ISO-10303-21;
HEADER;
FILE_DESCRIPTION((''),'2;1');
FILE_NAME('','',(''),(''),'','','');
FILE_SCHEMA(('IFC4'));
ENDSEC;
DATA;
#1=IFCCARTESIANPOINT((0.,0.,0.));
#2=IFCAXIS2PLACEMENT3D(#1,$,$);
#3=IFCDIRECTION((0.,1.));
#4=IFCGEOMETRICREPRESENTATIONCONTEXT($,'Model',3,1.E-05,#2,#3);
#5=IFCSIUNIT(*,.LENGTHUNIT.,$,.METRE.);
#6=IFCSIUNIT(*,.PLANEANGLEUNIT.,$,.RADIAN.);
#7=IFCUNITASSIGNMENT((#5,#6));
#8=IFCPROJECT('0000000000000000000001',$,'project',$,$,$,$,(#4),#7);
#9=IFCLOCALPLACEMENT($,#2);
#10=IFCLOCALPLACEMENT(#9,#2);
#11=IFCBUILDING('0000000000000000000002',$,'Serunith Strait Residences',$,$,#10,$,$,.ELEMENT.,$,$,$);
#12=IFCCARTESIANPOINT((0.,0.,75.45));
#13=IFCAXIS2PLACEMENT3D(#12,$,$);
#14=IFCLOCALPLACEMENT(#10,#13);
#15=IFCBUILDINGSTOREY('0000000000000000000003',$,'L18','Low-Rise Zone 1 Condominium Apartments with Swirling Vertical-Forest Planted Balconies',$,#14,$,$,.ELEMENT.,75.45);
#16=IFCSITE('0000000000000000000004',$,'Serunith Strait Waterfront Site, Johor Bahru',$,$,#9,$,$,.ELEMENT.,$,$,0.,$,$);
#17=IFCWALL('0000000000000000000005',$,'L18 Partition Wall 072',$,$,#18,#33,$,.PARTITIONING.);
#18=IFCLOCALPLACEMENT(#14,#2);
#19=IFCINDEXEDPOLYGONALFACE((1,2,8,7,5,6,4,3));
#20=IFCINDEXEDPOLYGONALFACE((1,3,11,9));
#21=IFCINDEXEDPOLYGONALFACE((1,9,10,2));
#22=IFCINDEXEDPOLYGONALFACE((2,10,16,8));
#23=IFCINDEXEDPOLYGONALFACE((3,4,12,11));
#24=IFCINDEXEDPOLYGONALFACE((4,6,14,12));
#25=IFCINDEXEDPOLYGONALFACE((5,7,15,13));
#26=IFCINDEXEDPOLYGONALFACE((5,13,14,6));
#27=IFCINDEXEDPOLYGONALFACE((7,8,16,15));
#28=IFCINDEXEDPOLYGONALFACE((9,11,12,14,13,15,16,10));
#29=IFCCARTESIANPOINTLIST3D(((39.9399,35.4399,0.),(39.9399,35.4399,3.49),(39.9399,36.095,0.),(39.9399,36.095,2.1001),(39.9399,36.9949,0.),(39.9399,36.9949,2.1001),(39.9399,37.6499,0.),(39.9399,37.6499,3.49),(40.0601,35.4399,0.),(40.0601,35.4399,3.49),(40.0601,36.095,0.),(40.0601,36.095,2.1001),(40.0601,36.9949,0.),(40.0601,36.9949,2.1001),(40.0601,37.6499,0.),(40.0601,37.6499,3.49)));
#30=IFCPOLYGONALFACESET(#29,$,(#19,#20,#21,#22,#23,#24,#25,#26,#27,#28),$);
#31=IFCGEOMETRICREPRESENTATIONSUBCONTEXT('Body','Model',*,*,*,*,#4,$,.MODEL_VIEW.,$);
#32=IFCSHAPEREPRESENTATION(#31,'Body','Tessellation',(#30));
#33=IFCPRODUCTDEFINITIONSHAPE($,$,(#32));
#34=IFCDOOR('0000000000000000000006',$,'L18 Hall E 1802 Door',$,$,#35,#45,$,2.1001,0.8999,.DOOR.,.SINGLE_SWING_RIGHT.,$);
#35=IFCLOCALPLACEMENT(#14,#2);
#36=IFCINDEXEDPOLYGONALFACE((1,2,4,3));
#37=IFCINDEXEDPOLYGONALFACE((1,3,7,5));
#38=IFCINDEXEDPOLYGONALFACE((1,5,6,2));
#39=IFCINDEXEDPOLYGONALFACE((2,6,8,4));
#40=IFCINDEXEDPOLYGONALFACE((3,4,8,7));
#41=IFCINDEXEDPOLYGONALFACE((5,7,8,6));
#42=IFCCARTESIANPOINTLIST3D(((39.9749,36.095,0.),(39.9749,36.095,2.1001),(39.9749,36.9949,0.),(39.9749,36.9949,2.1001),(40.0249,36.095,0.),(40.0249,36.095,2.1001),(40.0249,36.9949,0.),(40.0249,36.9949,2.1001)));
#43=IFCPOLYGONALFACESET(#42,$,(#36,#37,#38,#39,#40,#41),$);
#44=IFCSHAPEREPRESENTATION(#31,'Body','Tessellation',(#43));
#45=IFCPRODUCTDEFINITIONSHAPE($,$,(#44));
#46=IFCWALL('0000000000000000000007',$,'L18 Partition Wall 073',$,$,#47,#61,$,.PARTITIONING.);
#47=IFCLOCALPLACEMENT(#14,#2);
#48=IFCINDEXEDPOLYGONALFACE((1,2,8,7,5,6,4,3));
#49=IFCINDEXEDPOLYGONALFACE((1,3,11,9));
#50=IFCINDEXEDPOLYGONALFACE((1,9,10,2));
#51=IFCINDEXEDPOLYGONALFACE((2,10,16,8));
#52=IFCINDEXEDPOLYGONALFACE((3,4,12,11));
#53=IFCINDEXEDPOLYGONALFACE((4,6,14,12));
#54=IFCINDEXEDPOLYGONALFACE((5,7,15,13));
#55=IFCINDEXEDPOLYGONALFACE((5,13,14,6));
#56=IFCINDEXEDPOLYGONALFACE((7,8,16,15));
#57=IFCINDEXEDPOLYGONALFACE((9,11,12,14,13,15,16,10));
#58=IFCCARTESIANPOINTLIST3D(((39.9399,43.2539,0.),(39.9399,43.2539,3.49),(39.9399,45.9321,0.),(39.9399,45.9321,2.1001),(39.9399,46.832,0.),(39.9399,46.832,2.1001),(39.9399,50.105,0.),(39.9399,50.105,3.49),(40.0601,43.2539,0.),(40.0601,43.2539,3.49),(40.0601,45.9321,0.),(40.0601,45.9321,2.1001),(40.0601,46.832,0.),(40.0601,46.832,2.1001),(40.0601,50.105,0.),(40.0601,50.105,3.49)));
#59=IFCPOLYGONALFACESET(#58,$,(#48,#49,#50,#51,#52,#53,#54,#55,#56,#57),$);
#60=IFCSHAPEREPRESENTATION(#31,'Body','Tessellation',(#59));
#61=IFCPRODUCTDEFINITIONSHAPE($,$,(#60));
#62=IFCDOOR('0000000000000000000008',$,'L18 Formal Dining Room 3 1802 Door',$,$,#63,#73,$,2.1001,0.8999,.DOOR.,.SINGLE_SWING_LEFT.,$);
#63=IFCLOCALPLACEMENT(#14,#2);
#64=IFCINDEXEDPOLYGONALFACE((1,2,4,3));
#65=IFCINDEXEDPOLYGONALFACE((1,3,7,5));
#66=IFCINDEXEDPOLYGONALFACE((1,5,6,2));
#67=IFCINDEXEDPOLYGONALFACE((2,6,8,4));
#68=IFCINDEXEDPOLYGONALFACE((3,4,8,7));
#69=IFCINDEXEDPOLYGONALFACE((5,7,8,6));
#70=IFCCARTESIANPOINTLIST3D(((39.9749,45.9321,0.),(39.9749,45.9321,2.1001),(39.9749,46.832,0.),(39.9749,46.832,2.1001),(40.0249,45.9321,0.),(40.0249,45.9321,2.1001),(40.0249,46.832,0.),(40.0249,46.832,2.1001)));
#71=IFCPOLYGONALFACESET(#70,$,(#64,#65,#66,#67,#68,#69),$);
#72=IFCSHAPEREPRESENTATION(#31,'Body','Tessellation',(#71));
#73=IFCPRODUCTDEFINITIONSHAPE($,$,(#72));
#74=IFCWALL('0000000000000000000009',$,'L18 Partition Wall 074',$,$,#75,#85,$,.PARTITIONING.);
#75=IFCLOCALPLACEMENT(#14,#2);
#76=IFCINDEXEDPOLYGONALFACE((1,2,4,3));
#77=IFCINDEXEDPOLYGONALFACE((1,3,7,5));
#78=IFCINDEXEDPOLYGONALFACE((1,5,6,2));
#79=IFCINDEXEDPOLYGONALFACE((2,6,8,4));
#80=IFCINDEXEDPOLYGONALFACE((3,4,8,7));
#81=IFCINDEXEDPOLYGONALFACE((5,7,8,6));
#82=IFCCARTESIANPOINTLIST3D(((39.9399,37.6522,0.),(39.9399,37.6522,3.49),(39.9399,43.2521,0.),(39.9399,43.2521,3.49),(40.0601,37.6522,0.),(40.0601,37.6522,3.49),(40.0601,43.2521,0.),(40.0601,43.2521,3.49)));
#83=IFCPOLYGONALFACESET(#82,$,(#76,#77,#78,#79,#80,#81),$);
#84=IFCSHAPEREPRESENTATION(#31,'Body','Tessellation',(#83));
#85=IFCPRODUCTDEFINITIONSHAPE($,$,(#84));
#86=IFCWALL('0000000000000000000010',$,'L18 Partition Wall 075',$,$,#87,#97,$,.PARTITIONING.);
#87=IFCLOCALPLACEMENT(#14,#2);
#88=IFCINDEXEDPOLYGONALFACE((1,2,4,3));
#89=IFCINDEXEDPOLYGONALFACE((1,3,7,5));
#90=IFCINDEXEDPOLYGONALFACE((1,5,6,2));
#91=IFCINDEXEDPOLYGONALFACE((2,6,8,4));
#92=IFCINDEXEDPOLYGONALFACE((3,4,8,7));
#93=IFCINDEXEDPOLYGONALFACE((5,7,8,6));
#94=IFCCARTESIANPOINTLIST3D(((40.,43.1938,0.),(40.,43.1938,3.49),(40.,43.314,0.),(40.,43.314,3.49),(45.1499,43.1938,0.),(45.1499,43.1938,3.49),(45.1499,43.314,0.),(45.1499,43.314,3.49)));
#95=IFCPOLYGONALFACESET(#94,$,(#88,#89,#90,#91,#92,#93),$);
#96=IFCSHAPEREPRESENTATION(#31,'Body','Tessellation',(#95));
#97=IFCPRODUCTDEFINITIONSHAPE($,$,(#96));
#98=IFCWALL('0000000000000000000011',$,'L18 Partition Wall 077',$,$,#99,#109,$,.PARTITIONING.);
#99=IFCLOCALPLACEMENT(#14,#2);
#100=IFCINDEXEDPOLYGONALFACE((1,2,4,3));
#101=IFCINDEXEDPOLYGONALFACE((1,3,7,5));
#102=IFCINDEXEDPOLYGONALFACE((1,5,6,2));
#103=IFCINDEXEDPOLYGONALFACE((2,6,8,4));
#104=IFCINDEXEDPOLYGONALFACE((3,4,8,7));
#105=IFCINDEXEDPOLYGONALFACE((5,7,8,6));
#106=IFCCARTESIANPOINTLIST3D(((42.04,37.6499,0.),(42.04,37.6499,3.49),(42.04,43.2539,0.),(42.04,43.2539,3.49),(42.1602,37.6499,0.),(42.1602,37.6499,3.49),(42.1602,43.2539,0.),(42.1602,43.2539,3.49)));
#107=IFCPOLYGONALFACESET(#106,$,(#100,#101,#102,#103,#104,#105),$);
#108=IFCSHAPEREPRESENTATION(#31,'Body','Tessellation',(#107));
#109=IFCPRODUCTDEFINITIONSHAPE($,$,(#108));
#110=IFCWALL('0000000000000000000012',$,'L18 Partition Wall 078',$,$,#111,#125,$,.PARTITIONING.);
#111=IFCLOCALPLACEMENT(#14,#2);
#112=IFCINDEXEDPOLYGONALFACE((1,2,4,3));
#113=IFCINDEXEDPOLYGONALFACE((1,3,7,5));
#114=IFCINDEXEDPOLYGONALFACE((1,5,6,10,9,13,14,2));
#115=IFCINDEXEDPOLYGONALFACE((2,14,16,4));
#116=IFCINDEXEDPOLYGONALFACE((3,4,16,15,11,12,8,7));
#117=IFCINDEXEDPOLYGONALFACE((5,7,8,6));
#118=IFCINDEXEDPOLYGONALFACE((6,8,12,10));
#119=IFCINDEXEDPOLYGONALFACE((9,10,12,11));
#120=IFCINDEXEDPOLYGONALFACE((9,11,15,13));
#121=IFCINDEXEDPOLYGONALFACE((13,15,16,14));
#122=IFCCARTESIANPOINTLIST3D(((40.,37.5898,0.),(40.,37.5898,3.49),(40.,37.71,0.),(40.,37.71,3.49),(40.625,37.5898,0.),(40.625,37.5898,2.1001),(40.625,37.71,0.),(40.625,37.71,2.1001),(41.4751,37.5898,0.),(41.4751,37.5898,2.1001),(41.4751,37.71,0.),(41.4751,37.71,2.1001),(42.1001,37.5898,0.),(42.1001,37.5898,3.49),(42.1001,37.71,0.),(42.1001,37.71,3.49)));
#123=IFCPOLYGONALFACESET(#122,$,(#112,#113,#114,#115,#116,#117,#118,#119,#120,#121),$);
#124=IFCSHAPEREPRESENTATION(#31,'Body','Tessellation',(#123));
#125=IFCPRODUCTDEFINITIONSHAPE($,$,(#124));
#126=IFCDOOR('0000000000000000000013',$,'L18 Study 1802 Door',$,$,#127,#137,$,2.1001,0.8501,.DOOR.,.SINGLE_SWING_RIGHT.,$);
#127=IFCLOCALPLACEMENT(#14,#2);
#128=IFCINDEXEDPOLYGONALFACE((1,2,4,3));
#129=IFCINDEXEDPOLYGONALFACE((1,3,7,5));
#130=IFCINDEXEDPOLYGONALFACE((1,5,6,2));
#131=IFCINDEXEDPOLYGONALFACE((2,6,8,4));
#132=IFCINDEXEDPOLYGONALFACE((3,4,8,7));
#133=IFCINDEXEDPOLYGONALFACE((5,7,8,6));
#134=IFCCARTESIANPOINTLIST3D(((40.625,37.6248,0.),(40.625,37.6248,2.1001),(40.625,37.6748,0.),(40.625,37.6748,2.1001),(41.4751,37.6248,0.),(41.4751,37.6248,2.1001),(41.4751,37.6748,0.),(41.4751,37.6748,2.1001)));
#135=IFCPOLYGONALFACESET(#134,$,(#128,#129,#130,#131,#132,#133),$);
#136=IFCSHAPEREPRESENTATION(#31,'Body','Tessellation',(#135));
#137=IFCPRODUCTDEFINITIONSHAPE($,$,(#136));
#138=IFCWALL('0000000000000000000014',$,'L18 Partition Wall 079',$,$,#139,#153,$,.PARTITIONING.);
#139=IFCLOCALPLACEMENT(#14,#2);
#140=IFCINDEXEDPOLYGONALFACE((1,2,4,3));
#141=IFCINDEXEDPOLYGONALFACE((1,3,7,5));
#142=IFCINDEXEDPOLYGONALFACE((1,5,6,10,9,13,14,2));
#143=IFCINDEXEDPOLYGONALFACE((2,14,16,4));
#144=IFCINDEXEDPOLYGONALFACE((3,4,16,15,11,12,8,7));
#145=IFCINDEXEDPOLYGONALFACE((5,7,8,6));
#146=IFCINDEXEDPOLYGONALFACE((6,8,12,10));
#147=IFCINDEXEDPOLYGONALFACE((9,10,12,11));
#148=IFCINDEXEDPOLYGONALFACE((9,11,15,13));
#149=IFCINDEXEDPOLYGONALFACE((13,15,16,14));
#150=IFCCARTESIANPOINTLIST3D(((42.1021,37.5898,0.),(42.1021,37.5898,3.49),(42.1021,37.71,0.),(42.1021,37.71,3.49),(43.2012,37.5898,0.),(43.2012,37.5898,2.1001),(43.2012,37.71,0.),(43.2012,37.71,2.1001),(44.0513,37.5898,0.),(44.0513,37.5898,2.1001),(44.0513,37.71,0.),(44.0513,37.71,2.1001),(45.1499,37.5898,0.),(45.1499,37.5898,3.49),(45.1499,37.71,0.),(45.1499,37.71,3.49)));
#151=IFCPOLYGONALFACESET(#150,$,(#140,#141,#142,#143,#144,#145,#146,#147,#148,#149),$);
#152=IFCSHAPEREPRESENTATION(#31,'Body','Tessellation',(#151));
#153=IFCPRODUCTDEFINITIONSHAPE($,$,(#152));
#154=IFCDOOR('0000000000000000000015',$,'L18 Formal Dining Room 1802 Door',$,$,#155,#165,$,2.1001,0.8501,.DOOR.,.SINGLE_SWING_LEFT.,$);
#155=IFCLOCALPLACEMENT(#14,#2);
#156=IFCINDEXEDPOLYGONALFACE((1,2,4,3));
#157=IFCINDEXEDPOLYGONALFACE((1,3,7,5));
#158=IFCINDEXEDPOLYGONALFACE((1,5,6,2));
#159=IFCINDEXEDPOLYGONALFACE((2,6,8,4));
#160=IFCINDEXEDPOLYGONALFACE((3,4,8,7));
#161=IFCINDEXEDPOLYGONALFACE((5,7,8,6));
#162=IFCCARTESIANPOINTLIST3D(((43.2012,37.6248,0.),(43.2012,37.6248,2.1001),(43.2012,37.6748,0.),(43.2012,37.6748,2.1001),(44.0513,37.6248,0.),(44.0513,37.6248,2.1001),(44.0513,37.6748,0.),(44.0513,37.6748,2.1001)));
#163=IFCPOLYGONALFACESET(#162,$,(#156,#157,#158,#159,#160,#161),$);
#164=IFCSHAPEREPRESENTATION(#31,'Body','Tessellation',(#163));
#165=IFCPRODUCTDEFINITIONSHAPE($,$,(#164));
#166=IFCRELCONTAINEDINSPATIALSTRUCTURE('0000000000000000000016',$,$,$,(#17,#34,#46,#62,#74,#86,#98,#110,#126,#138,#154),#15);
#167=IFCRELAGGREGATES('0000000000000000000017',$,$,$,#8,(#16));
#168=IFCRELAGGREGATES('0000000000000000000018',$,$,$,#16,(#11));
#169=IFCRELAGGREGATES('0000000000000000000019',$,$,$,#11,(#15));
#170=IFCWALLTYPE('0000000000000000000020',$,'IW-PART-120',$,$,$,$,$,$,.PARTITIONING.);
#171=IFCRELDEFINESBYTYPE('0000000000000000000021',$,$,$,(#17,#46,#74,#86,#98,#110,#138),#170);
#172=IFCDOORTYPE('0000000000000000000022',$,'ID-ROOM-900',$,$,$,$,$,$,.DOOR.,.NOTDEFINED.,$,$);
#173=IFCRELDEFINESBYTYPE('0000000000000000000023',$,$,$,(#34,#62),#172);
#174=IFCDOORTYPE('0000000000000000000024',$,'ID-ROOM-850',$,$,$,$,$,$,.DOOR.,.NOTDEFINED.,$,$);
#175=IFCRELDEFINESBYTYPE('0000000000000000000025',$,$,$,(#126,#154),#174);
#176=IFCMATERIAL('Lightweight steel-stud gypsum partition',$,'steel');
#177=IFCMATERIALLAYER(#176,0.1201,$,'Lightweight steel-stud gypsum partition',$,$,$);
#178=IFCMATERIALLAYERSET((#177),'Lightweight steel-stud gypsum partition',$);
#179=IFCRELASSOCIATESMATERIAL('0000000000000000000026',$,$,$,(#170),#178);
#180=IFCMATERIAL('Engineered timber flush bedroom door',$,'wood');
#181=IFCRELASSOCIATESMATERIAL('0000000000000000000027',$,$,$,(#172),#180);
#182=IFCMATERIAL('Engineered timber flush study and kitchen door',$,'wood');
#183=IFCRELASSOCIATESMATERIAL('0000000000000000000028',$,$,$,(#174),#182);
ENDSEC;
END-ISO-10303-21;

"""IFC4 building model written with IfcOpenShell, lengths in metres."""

from ifc_helpers import new_model, si_unit, direction, frame, frame_2d, origin, place, context, subcontext, project, spatial, rectangle, extrude, source, transform, mapped, material, layer, layer_set, type_object, element, fill, save


model = new_model("IFC4")

# Units and contexts
model_context = context("Model", 3, precision=1e-05, world=origin(), true_north=direction((0.0, 1.0)))
body_context = subcontext(model_context, "Body", "Model", "MODEL_VIEW")
ifc_project = project(units=[si_unit("LENGTHUNIT", "METRE"), si_unit("PLANEANGLEUNIT", "RADIAN")], contexts=[model_context])

# Site, building, storey
site_placement = place(None, origin())
site = spatial("IfcSite", under=ifc_project, at=site_placement, Name="Serunith Strait Waterfront Site, Johor Bahru", CompositionType="ELEMENT", RefElevation=0.0)
building_placement = place(site_placement, origin())
building = spatial("IfcBuilding", under=site, at=building_placement, Name="Serunith Strait Residences", CompositionType="ELEMENT")
storey_placement = place(building_placement, frame((0.0, 0.0, 75.45)))
storey = spatial("IfcBuildingStorey", under=building, at=storey_placement, Name="L18", Description="Low-Rise Zone 1 Condominium Apartments with Swirling Vertical-Forest Planted Balconies", CompositionType="ELEMENT", Elevation=75.45)

# Shared definitions
ifc_material_1 = material(Name="Lightweight steel-stud gypsum partition", Category="steel")
ifc_layer_1 = layer(ifc_material_1, 0.1201, Name="Lightweight steel-stud gypsum partition")
ifc_layer_set_1 = layer_set([ifc_layer_1], Name="Lightweight steel-stud gypsum partition")
wall_type = type_object("IfcWallType", Name="IW-PART-120", PredefinedType="PARTITIONING", material=ifc_layer_set_1)

# Shared definitions
ifc_material_2 = material(Name="Engineered timber flush bedroom door", Category="wood")
door_type_1 = type_object("IfcDoorType", Name="ID-ROOM-900", OperationType="NOTDEFINED", PredefinedType="DOOR", material=ifc_material_2)
shared_shape_1 = source(origin(), body_context, "Body", "SweptSolid", [
    extrude(rectangle(XDim=0.8999, YDim=2.1001, at=frame_2d((0.45, 1.05))), frame((0.0, 0.0249, 0.0), z_axis=(0.0, -1.0, 0.0), x_axis=(1.0, 0.0, 0.0)), (0.0, 0.0, 1.0), 0.05),
])

# Walls, openings, doors
wall_1_placement = place(storey_placement, frame((40.0, 37.6499, 0.0), z_axis=(0.0, 0.0, 1.0), x_axis=(0.0, -1.0, 0.0)))
wall_1 = element("IfcWall", 1, at=wall_1_placement, inside=storey, type_object=wall_type, Name="L18 Partition Wall 072", PredefinedType="PARTITIONING", context=body_context, shape_type="SweptSolid", body=[
    extrude(rectangle(XDim=2.21, YDim=0.1201, at=frame_2d((1.105, 0.0))), origin(), (0.0, 0.0, 1.0), 3.49),
])
opening_1_placement = place(wall_1_placement, frame((0.655, 0.0, 0.0)))
opening_1 = element("IfcOpeningElement", 2, at=opening_1_placement, cuts=wall_1, PredefinedType="OPENING", context=body_context, shape_type="SweptSolid", body=[
    extrude(rectangle(XDim=0.8999, YDim=2.1001, at=frame_2d((0.45, 1.05))), frame((0.0, 0.0701, 0.0), z_axis=(0.0, -1.0, 0.0), x_axis=(1.0, 0.0, 0.0)), (0.0, 0.0, 1.0), 0.1401),
])
door_1_placement = place(opening_1_placement, origin())
door_1 = element("IfcDoor", 3, at=door_1_placement, inside=storey, type_object=door_type_1, Name="L18 Hall E 1802 Door", OperationType="SINGLE_SWING_RIGHT", OverallHeight=2.1001, OverallWidth=0.8999, PredefinedType="DOOR", context=body_context, shape_type="MappedRepresentation", body=[
    mapped(shared_shape_1, transform((0.0, 0.0, 0.0), scale=1.0)),
])
fill(opening_1, door_1)
wall_2_placement = place(storey_placement, frame((40.0, 50.105, 0.0), z_axis=(0.0, 0.0, 1.0), x_axis=(0.0, -1.0, 0.0)))
wall_2 = element("IfcWall", 4, at=wall_2_placement, inside=storey, type_object=wall_type, Name="L18 Partition Wall 073", PredefinedType="PARTITIONING", context=body_context, shape_type="SweptSolid", body=[
    extrude(rectangle(XDim=6.8511, YDim=0.1201, at=frame_2d((3.4255, 0.0))), origin(), (0.0, 0.0, 1.0), 3.49),
])
opening_2_placement = place(wall_2_placement, frame((3.2729, 0.0, 0.0)))
opening_2 = element("IfcOpeningElement", 5, at=opening_2_placement, cuts=wall_2, PredefinedType="OPENING", context=body_context, shape_type="SweptSolid", body=[
    extrude(rectangle(XDim=0.8999, YDim=2.1001, at=frame_2d((0.45, 1.05))), frame((0.0, 0.0701, 0.0), z_axis=(0.0, -1.0, 0.0), x_axis=(1.0, 0.0, 0.0)), (0.0, 0.0, 1.0), 0.1401),
])
door_2_placement = place(opening_2_placement, origin())
door_2 = element("IfcDoor", 6, at=door_2_placement, inside=storey, type_object=door_type_1, Name="L18 Formal Dining Room 3 1802 Door", OperationType="SINGLE_SWING_LEFT", OverallHeight=2.1001, OverallWidth=0.8999, PredefinedType="DOOR", context=body_context, shape_type="MappedRepresentation", body=[
    mapped(shared_shape_1, transform((0.0, 0.0, 0.0), scale=1.0)),
])
fill(opening_2, door_2)

# Walls
wall_3_placement = place(storey_placement, frame((40.0, 43.252, 0.0), z_axis=(0.0, 0.0, 1.0), x_axis=(0.0, -1.0, 0.0)))
element("IfcWall", 7, at=wall_3_placement, inside=storey, type_object=wall_type, Name="L18 Partition Wall 074", PredefinedType="PARTITIONING", context=body_context, shape_type="SweptSolid", body=[
    extrude(rectangle(XDim=5.5999, YDim=0.1201, at=frame_2d((2.7998, 0.0))), origin(), (0.0, 0.0, 1.0), 3.49),
])
wall_4_placement = place(storey_placement, frame((40.0, 43.2539, 0.0), z_axis=(0.0, 0.0, 1.0), x_axis=(1.0, 0.0, 0.0)))
element("IfcWall", 8, at=wall_4_placement, inside=storey, type_object=wall_type, Name="L18 Partition Wall 075", PredefinedType="PARTITIONING", context=body_context, shape_type="SweptSolid", body=[
    extrude(rectangle(XDim=5.1499, YDim=0.1201, at=frame_2d((2.575, 0.0))), origin(), (0.0, 0.0, 1.0), 3.49),
])
wall_5_placement = place(storey_placement, frame((42.1001, 43.2539, 0.0), z_axis=(0.0, 0.0, 1.0), x_axis=(0.0, -1.0, 0.0)))
element("IfcWall", 9, at=wall_5_placement, inside=storey, type_object=wall_type, Name="L18 Partition Wall 077", PredefinedType="PARTITIONING", context=body_context, shape_type="SweptSolid", body=[
    extrude(rectangle(XDim=5.604, YDim=0.1201, at=frame_2d((2.802, 0.0))), origin(), (0.0, 0.0, 1.0), 3.49),
])

# Walls, openings, doors
wall_6_placement = place(storey_placement, frame((40.0, 37.6499, 0.0), z_axis=(0.0, 0.0, 1.0), x_axis=(1.0, 0.0, 0.0)))
wall_6 = element("IfcWall", 10, at=wall_6_placement, inside=storey, type_object=wall_type, Name="L18 Partition Wall 078", PredefinedType="PARTITIONING", context=body_context, shape_type="SweptSolid", body=[
    extrude(rectangle(XDim=2.1001, YDim=0.1201, at=frame_2d((1.05, 0.0))), origin(), (0.0, 0.0, 1.0), 3.49),
])
opening_3_placement = place(wall_6_placement, frame((0.625, 0.0, 0.0)))
opening_3 = element("IfcOpeningElement", 11, at=opening_3_placement, cuts=wall_6, PredefinedType="OPENING", context=body_context, shape_type="SweptSolid", body=[
    extrude(rectangle(XDim=0.8501, YDim=2.1001, at=frame_2d((0.425, 1.05))), frame((0.0, 0.0701, 0.0), z_axis=(0.0, -1.0, 0.0), x_axis=(1.0, 0.0, 0.0)), (0.0, 0.0, 1.0), 0.1401),
])
ifc_material_3 = material(Name="Engineered timber flush study and kitchen door", Category="wood")
door_type_2 = type_object("IfcDoorType", Name="ID-ROOM-850", OperationType="NOTDEFINED", PredefinedType="DOOR", material=ifc_material_3)
shared_shape_2 = source(origin(), body_context, "Body", "SweptSolid", [
    extrude(rectangle(XDim=0.8501, YDim=2.1001, at=frame_2d((0.425, 1.05))), frame((0.0, 0.0249, 0.0), z_axis=(0.0, -1.0, 0.0), x_axis=(1.0, 0.0, 0.0)), (0.0, 0.0, 1.0), 0.05),
])
door_3_placement = place(opening_3_placement, origin())
door_3 = element("IfcDoor", 12, at=door_3_placement, inside=storey, type_object=door_type_2, Name="L18 Study 1802 Door", OperationType="SINGLE_SWING_RIGHT", OverallHeight=2.1001, OverallWidth=0.8501, PredefinedType="DOOR", context=body_context, shape_type="MappedRepresentation", body=[
    mapped(shared_shape_2, transform((0.0, 0.0, 0.0), scale=1.0)),
])
fill(opening_3, door_3)
wall_7_placement = place(storey_placement, frame((42.1021, 37.6499, 0.0), z_axis=(0.0, 0.0, 1.0), x_axis=(1.0, 0.0, 0.0)))
wall_7 = element("IfcWall", 13, at=wall_7_placement, inside=storey, type_object=wall_type, Name="L18 Partition Wall 079", PredefinedType="PARTITIONING", context=body_context, shape_type="SweptSolid", body=[
    extrude(rectangle(XDim=3.0479, YDim=0.1201, at=frame_2d((1.5239, 0.0))), origin(), (0.0, 0.0, 1.0), 3.49),
])
opening_4_placement = place(wall_7_placement, frame((1.0991, 0.0, 0.0)))
opening_4 = element("IfcOpeningElement", 14, at=opening_4_placement, cuts=wall_7, PredefinedType="OPENING", context=body_context, shape_type="SweptSolid", body=[
    extrude(rectangle(XDim=0.8501, YDim=2.1001, at=frame_2d((0.425, 1.05))), frame((0.0, 0.0701, 0.0), z_axis=(0.0, -1.0, 0.0), x_axis=(1.0, 0.0, 0.0)), (0.0, 0.0, 1.0), 0.1401),
])
door_4_placement = place(opening_4_placement, origin())
door_4 = element("IfcDoor", 15, at=door_4_placement, inside=storey, type_object=door_type_2, Name="L18 Formal Dining Room 1802 Door", OperationType="SINGLE_SWING_LEFT", OverallHeight=2.1001, OverallWidth=0.8501, PredefinedType="DOOR", context=body_context, shape_type="MappedRepresentation", body=[
    mapped(shared_shape_2, transform((0.0, 0.0, 0.0), scale=1.0)),
])
fill(opening_4, door_4)

save(model, "model.ifc")
